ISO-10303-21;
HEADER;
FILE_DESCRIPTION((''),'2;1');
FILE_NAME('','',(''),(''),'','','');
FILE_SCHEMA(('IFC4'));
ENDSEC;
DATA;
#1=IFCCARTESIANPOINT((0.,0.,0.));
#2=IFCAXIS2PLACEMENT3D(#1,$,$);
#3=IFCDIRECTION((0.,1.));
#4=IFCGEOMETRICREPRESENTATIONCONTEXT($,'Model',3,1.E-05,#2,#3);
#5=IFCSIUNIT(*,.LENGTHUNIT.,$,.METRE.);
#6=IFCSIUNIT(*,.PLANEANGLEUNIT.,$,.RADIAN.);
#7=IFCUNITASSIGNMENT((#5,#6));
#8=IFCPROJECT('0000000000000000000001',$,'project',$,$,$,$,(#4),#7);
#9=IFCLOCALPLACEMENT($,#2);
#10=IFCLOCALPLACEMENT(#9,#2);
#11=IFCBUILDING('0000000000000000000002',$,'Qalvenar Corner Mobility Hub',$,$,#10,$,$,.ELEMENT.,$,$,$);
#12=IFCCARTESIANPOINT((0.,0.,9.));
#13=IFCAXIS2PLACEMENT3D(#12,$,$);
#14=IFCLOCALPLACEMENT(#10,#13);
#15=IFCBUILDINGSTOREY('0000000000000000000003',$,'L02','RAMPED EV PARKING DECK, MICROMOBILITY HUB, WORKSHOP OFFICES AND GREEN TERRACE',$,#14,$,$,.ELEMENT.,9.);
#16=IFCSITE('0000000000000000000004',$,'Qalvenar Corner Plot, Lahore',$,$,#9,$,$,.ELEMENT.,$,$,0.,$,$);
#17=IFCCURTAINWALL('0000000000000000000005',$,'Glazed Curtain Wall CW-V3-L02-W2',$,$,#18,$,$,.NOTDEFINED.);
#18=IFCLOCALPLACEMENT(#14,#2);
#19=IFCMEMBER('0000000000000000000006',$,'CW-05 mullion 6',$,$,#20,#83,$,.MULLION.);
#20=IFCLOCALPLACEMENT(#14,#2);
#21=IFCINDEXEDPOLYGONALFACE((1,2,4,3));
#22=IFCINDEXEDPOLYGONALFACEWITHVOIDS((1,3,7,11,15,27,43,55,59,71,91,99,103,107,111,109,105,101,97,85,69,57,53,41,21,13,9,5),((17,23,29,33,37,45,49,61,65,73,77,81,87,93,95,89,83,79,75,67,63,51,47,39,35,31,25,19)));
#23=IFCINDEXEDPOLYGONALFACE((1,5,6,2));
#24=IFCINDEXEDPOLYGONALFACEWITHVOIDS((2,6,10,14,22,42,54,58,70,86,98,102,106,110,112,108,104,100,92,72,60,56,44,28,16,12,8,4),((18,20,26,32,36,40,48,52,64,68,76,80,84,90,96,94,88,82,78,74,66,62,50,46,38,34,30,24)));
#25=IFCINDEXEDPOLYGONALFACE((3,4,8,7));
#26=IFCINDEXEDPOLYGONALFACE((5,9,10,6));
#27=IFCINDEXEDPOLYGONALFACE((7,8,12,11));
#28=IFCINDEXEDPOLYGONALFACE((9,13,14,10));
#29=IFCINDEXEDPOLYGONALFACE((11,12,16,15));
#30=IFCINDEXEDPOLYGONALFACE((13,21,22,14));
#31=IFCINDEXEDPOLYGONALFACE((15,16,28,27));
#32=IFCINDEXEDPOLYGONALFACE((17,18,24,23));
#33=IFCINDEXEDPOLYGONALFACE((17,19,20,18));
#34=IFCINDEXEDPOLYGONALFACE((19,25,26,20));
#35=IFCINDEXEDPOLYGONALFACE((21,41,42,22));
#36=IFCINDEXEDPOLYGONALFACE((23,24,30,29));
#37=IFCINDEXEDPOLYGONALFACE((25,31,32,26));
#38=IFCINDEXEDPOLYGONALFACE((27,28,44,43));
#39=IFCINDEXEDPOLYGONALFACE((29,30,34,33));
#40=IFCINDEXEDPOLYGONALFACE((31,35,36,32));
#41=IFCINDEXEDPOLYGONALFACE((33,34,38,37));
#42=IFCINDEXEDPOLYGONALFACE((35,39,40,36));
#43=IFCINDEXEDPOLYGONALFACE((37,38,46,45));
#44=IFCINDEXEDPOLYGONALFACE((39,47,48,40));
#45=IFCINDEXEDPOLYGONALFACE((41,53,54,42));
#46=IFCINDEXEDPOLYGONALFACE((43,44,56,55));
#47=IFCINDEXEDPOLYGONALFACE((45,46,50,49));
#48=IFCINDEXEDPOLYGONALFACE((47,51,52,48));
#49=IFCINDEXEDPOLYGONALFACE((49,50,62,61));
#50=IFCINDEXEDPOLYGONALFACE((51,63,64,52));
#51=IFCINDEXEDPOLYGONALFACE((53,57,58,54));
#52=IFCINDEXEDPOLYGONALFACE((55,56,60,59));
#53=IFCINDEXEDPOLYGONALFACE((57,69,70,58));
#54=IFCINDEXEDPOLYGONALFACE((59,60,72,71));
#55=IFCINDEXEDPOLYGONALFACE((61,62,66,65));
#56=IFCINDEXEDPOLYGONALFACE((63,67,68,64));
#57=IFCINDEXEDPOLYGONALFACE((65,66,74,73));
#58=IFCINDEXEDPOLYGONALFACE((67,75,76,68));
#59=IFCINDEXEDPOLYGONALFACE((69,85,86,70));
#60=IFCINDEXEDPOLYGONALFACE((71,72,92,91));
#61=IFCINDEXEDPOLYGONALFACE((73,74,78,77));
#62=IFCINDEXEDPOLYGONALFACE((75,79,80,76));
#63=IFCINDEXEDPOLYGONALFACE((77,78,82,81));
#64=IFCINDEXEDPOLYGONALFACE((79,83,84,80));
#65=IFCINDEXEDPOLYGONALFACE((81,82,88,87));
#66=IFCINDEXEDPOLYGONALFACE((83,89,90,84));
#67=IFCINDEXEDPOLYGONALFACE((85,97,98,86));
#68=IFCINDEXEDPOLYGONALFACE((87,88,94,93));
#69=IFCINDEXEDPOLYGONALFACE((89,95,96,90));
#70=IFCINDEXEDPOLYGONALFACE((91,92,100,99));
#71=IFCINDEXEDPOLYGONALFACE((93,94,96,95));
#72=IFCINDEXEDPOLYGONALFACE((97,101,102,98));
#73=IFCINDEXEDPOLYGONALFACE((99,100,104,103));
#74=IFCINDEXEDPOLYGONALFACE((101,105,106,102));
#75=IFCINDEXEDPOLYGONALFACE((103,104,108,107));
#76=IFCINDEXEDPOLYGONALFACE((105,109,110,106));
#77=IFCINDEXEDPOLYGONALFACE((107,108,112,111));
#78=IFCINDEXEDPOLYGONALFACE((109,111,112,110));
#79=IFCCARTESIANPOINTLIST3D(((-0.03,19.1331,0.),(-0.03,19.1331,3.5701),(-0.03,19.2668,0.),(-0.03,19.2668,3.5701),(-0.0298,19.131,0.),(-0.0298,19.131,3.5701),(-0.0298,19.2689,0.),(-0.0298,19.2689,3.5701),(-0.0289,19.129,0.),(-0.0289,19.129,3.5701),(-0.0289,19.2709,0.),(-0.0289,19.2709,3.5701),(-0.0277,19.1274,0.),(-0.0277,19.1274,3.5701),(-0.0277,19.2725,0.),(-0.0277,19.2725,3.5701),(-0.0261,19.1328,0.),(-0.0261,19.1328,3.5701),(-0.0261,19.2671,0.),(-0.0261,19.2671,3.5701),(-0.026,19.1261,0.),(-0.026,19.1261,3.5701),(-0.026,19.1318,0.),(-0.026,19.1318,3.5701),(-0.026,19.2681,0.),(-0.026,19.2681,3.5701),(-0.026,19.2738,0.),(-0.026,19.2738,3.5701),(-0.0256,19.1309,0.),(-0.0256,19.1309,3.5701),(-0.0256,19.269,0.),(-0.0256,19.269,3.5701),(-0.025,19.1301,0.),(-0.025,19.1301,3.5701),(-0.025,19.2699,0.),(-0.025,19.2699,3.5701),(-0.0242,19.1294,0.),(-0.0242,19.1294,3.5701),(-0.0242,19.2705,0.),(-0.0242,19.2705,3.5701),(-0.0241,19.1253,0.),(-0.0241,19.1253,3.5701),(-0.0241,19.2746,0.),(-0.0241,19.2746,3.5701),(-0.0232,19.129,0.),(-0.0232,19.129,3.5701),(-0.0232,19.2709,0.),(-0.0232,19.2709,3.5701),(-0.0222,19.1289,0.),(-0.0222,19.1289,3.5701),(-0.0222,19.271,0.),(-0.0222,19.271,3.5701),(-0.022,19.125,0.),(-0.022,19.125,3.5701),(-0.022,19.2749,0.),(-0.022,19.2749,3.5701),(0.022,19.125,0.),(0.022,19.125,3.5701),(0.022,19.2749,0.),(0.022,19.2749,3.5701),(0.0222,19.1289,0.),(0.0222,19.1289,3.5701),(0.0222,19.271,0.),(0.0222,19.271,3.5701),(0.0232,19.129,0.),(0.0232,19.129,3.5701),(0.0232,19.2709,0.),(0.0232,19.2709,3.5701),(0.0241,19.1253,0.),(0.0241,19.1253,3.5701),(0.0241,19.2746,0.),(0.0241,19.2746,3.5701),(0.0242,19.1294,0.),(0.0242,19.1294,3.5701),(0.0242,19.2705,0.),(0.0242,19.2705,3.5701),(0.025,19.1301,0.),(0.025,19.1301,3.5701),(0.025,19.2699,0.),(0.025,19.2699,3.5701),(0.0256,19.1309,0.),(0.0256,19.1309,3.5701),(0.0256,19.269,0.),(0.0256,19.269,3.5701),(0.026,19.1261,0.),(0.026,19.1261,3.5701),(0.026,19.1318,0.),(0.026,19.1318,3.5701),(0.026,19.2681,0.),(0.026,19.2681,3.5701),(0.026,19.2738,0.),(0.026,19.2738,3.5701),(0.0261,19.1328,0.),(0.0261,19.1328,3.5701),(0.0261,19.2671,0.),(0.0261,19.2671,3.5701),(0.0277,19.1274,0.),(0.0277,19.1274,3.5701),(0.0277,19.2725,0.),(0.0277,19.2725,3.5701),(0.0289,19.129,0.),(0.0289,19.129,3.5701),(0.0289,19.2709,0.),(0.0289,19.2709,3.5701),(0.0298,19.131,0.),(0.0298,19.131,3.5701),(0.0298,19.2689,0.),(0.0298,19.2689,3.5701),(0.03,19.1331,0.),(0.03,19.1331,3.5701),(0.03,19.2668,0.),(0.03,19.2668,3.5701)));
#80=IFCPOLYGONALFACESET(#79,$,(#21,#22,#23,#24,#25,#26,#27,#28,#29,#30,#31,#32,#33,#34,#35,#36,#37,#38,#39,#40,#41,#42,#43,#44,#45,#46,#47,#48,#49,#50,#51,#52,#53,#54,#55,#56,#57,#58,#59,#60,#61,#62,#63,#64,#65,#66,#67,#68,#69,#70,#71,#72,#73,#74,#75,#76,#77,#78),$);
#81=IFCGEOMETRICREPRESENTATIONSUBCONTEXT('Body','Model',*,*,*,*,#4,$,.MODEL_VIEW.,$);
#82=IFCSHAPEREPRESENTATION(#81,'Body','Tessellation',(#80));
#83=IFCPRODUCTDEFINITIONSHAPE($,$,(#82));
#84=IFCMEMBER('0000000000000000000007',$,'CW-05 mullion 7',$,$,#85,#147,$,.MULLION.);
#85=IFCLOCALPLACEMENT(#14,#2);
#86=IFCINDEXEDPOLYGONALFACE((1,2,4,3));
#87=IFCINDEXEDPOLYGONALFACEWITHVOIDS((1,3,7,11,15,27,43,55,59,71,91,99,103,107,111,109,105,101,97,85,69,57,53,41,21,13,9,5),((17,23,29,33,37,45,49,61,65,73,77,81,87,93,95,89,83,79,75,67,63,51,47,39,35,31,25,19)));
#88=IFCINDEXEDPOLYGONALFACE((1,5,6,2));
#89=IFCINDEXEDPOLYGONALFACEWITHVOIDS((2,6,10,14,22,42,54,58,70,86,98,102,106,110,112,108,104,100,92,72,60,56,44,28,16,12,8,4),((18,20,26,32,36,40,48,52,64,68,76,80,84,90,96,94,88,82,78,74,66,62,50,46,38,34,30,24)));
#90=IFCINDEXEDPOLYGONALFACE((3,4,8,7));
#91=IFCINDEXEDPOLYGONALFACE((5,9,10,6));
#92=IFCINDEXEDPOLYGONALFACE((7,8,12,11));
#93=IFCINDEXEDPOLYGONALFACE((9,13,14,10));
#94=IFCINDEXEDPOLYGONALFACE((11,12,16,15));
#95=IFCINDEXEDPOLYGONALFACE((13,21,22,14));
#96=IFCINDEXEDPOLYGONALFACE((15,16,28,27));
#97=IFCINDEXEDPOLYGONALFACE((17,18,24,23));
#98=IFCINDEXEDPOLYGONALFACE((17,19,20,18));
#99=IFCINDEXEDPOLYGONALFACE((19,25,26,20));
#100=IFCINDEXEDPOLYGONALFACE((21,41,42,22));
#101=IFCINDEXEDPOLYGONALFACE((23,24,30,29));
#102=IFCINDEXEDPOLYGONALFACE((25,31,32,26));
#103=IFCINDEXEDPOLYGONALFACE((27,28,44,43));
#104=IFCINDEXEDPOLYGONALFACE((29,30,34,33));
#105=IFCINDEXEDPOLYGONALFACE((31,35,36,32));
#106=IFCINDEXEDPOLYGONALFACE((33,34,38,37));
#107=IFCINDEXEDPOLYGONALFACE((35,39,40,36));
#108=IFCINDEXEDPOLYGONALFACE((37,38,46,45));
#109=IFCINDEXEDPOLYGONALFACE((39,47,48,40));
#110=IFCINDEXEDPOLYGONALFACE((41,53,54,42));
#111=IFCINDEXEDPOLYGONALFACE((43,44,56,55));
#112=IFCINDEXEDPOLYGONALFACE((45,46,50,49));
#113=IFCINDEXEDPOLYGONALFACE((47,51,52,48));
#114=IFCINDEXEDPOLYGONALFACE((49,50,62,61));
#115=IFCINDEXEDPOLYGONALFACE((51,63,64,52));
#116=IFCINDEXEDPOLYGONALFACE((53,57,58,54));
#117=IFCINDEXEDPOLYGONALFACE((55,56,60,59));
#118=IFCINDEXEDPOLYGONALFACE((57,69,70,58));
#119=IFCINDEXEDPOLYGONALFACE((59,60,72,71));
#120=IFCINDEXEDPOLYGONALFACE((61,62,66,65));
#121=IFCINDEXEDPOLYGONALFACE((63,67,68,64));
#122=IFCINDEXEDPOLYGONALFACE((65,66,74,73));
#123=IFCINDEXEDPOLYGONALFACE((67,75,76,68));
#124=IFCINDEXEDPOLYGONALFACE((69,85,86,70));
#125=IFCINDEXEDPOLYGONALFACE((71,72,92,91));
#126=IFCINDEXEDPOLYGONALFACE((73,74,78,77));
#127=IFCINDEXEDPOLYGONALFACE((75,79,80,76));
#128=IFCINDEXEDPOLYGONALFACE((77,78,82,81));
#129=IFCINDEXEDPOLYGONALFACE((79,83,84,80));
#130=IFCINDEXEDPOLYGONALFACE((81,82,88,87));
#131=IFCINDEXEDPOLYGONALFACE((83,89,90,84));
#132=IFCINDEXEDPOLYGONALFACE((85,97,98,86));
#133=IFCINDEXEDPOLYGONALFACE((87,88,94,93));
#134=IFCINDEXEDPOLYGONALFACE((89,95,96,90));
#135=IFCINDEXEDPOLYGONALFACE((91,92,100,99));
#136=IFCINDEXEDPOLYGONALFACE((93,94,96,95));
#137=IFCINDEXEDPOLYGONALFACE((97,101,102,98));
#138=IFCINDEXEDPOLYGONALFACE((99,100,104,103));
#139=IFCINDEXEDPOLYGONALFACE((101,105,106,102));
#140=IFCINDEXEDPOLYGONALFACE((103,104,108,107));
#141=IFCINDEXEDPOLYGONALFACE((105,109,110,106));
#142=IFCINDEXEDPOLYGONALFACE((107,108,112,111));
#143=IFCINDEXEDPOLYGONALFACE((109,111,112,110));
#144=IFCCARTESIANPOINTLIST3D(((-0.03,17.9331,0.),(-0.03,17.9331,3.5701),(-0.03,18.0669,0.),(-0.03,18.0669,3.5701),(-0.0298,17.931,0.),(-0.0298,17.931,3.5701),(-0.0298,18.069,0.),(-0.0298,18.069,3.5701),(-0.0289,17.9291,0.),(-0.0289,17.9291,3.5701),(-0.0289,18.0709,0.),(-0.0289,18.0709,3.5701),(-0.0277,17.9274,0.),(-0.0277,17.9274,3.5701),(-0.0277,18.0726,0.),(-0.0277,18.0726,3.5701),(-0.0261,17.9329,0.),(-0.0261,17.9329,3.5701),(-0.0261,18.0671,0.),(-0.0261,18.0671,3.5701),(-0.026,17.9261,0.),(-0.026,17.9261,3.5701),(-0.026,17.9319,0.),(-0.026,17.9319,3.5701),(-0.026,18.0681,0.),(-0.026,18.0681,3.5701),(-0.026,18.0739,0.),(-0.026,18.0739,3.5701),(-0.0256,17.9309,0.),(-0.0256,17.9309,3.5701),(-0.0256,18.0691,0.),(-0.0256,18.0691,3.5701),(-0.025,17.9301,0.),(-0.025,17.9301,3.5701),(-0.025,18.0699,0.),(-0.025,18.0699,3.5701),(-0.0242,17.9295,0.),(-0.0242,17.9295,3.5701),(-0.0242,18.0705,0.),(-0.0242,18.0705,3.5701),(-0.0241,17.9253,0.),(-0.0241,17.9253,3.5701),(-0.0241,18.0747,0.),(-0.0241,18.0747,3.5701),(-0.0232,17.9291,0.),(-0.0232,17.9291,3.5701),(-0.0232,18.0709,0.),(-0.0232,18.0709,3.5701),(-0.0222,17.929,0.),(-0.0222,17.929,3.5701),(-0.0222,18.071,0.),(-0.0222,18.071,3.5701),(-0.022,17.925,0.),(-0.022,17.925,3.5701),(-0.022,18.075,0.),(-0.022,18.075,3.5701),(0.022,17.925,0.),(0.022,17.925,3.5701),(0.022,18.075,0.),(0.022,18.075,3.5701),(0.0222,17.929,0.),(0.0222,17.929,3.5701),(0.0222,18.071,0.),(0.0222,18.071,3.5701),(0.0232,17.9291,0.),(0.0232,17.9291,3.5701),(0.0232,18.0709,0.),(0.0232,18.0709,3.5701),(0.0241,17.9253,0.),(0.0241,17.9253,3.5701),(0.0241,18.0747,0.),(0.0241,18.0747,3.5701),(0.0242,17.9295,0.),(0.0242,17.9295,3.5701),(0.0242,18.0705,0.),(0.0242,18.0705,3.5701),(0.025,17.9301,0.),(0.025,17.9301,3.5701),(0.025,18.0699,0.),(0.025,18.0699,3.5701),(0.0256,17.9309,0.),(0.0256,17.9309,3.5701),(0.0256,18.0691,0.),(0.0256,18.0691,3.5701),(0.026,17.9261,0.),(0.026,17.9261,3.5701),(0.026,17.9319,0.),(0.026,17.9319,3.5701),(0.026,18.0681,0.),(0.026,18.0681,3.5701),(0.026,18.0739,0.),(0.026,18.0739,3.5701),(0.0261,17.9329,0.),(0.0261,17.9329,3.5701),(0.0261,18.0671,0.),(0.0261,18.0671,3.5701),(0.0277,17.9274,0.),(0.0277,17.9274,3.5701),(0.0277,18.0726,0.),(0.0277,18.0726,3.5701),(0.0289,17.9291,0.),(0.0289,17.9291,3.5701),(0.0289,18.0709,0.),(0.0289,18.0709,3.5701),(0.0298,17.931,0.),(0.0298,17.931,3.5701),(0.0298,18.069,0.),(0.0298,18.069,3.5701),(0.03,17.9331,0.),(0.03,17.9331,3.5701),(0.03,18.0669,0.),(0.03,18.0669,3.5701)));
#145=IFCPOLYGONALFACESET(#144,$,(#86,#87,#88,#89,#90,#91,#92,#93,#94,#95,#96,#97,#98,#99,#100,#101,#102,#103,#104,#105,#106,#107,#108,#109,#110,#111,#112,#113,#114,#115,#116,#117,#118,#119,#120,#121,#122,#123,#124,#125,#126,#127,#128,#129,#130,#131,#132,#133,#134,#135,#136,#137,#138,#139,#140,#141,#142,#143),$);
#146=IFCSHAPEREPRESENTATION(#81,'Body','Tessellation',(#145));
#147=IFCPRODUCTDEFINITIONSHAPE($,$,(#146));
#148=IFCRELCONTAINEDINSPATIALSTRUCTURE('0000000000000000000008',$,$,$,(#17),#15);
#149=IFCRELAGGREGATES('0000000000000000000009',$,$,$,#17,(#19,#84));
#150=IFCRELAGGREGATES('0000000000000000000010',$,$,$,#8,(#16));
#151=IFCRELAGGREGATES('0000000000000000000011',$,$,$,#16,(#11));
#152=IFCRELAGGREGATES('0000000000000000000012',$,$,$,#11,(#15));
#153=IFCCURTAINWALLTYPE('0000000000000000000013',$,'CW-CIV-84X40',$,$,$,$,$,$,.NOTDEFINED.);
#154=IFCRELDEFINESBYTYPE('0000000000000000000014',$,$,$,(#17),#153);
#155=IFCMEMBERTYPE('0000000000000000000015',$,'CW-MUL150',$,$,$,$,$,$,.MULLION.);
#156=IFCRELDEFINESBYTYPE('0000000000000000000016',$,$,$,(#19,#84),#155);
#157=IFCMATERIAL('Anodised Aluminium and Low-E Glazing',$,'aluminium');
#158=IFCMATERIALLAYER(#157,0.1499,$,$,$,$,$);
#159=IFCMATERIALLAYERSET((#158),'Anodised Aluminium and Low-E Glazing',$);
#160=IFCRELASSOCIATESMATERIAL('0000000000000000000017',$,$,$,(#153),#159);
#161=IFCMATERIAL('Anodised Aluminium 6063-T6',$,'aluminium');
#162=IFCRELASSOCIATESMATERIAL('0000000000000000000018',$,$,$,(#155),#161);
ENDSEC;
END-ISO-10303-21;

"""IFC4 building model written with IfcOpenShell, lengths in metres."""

from ifc_helpers import new_model, si_unit, direction, frame, origin, origin_2d, place, context, subcontext, project, spatial, hollow_rectangle, extrude, material, layer, layer_set, material_profile, profile_set, type_object, element, aggregate, save


model = new_model("IFC4")

# Units and contexts
model_context = context("Model", 3, precision=1e-05, world=origin(), true_north=direction((0.0, 1.0)))
body_context = subcontext(model_context, "Body", "Model", "MODEL_VIEW")
ifc_project = project(units=[si_unit("LENGTHUNIT", "METRE"), si_unit("PLANEANGLEUNIT", "RADIAN")], contexts=[model_context])

# Site, building, storey
site_placement = place(None, origin())
site = spatial("IfcSite", under=ifc_project, at=site_placement, Name="Qalvenar Corner Plot, Lahore", CompositionType="ELEMENT", RefElevation=0.0)
building_placement = place(site_placement, origin())
building = spatial("IfcBuilding", under=site, at=building_placement, Name="Qalvenar Corner Mobility Hub", CompositionType="ELEMENT")
storey_placement = place(building_placement, frame((0.0, 0.0, 9.0)))
storey = spatial("IfcBuildingStorey", under=building, at=storey_placement, Name="L02", Description="RAMPED EV PARKING DECK, MICROMOBILITY HUB, WORKSHOP OFFICES AND GREEN TERRACE", CompositionType="ELEMENT", Elevation=9.0)

# Curtain wall, members
ifc_material_1 = material(Name="Anodised Aluminium and Low-E Glazing", Category="aluminium")
ifc_layer_1 = layer(ifc_material_1, 0.1499)
ifc_layer_set_1 = layer_set([ifc_layer_1], Name="Anodised Aluminium and Low-E Glazing")
curtain_wall_type = type_object("IfcCurtainWallType", Name="CW-CIV-84X40", PredefinedType="NOTDEFINED", material=ifc_layer_set_1)
ifc_material_2 = material(Name="Anodised Aluminium 6063-T6", Category="aluminium")
ifc_material_profile_1 = material_profile(ifc_material_2, hollow_rectangle(XDim=0.0601, YDim=0.1499, WallThickness=0.0039, InnerFilletRadius=0.0039, OuterFilletRadius=0.0081, at=origin_2d()), Name="RHS150x60x4")
ifc_profile_set_1 = profile_set([ifc_material_profile_1], Name="Anodised Aluminium 6063-T6")
member_type_1 = type_object("IfcMemberType", Name="CW-MUL150", PredefinedType="MULLION", material=ifc_profile_set_1)
curtain_wall_1_placement = place(storey_placement, origin())
curtain_wall_1 = element("IfcCurtainWall", 1, at=curtain_wall_1_placement, inside=storey, type_object=curtain_wall_type, Name="Glazed Curtain Wall CW-V3-L02-W2", PredefinedType="NOTDEFINED")
member_1_placement = place(storey_placement, frame((0.0, 19.2, 0.0), z_axis=(0.0, 0.0, 1.0), x_axis=(1.0, 0.0, 0.0)))
member_1 = element("IfcMember", 2, at=member_1_placement, type_object=member_type_1, Name="CW-05 mullion 6", PredefinedType="MULLION", context=body_context, shape_type="SweptSolid", body=[
    extrude(hollow_rectangle(XDim=0.0601, YDim=0.1499, WallThickness=0.0039, InnerFilletRadius=0.0039, OuterFilletRadius=0.0081, at=origin_2d()), origin(), (0.0, 0.0, 1.0), 3.5701),
])
member_2_placement = place(storey_placement, frame((0.0, 18.0, 0.0), z_axis=(0.0, 0.0, 1.0), x_axis=(1.0, 0.0, 0.0)))
member_2 = element("IfcMember", 3, at=member_2_placement, type_object=member_type_1, Name="CW-05 mullion 7", PredefinedType="MULLION", context=body_context, shape_type="SweptSolid", body=[
    extrude(hollow_rectangle(XDim=0.0601, YDim=0.1499, WallThickness=0.0039, InnerFilletRadius=0.0039, OuterFilletRadius=0.0081, at=origin_2d()), origin(), (0.0, 0.0, 1.0), 3.5701),
])

aggregate(curtain_wall_1, [member_1, member_2])

save(model, "model.ifc")
